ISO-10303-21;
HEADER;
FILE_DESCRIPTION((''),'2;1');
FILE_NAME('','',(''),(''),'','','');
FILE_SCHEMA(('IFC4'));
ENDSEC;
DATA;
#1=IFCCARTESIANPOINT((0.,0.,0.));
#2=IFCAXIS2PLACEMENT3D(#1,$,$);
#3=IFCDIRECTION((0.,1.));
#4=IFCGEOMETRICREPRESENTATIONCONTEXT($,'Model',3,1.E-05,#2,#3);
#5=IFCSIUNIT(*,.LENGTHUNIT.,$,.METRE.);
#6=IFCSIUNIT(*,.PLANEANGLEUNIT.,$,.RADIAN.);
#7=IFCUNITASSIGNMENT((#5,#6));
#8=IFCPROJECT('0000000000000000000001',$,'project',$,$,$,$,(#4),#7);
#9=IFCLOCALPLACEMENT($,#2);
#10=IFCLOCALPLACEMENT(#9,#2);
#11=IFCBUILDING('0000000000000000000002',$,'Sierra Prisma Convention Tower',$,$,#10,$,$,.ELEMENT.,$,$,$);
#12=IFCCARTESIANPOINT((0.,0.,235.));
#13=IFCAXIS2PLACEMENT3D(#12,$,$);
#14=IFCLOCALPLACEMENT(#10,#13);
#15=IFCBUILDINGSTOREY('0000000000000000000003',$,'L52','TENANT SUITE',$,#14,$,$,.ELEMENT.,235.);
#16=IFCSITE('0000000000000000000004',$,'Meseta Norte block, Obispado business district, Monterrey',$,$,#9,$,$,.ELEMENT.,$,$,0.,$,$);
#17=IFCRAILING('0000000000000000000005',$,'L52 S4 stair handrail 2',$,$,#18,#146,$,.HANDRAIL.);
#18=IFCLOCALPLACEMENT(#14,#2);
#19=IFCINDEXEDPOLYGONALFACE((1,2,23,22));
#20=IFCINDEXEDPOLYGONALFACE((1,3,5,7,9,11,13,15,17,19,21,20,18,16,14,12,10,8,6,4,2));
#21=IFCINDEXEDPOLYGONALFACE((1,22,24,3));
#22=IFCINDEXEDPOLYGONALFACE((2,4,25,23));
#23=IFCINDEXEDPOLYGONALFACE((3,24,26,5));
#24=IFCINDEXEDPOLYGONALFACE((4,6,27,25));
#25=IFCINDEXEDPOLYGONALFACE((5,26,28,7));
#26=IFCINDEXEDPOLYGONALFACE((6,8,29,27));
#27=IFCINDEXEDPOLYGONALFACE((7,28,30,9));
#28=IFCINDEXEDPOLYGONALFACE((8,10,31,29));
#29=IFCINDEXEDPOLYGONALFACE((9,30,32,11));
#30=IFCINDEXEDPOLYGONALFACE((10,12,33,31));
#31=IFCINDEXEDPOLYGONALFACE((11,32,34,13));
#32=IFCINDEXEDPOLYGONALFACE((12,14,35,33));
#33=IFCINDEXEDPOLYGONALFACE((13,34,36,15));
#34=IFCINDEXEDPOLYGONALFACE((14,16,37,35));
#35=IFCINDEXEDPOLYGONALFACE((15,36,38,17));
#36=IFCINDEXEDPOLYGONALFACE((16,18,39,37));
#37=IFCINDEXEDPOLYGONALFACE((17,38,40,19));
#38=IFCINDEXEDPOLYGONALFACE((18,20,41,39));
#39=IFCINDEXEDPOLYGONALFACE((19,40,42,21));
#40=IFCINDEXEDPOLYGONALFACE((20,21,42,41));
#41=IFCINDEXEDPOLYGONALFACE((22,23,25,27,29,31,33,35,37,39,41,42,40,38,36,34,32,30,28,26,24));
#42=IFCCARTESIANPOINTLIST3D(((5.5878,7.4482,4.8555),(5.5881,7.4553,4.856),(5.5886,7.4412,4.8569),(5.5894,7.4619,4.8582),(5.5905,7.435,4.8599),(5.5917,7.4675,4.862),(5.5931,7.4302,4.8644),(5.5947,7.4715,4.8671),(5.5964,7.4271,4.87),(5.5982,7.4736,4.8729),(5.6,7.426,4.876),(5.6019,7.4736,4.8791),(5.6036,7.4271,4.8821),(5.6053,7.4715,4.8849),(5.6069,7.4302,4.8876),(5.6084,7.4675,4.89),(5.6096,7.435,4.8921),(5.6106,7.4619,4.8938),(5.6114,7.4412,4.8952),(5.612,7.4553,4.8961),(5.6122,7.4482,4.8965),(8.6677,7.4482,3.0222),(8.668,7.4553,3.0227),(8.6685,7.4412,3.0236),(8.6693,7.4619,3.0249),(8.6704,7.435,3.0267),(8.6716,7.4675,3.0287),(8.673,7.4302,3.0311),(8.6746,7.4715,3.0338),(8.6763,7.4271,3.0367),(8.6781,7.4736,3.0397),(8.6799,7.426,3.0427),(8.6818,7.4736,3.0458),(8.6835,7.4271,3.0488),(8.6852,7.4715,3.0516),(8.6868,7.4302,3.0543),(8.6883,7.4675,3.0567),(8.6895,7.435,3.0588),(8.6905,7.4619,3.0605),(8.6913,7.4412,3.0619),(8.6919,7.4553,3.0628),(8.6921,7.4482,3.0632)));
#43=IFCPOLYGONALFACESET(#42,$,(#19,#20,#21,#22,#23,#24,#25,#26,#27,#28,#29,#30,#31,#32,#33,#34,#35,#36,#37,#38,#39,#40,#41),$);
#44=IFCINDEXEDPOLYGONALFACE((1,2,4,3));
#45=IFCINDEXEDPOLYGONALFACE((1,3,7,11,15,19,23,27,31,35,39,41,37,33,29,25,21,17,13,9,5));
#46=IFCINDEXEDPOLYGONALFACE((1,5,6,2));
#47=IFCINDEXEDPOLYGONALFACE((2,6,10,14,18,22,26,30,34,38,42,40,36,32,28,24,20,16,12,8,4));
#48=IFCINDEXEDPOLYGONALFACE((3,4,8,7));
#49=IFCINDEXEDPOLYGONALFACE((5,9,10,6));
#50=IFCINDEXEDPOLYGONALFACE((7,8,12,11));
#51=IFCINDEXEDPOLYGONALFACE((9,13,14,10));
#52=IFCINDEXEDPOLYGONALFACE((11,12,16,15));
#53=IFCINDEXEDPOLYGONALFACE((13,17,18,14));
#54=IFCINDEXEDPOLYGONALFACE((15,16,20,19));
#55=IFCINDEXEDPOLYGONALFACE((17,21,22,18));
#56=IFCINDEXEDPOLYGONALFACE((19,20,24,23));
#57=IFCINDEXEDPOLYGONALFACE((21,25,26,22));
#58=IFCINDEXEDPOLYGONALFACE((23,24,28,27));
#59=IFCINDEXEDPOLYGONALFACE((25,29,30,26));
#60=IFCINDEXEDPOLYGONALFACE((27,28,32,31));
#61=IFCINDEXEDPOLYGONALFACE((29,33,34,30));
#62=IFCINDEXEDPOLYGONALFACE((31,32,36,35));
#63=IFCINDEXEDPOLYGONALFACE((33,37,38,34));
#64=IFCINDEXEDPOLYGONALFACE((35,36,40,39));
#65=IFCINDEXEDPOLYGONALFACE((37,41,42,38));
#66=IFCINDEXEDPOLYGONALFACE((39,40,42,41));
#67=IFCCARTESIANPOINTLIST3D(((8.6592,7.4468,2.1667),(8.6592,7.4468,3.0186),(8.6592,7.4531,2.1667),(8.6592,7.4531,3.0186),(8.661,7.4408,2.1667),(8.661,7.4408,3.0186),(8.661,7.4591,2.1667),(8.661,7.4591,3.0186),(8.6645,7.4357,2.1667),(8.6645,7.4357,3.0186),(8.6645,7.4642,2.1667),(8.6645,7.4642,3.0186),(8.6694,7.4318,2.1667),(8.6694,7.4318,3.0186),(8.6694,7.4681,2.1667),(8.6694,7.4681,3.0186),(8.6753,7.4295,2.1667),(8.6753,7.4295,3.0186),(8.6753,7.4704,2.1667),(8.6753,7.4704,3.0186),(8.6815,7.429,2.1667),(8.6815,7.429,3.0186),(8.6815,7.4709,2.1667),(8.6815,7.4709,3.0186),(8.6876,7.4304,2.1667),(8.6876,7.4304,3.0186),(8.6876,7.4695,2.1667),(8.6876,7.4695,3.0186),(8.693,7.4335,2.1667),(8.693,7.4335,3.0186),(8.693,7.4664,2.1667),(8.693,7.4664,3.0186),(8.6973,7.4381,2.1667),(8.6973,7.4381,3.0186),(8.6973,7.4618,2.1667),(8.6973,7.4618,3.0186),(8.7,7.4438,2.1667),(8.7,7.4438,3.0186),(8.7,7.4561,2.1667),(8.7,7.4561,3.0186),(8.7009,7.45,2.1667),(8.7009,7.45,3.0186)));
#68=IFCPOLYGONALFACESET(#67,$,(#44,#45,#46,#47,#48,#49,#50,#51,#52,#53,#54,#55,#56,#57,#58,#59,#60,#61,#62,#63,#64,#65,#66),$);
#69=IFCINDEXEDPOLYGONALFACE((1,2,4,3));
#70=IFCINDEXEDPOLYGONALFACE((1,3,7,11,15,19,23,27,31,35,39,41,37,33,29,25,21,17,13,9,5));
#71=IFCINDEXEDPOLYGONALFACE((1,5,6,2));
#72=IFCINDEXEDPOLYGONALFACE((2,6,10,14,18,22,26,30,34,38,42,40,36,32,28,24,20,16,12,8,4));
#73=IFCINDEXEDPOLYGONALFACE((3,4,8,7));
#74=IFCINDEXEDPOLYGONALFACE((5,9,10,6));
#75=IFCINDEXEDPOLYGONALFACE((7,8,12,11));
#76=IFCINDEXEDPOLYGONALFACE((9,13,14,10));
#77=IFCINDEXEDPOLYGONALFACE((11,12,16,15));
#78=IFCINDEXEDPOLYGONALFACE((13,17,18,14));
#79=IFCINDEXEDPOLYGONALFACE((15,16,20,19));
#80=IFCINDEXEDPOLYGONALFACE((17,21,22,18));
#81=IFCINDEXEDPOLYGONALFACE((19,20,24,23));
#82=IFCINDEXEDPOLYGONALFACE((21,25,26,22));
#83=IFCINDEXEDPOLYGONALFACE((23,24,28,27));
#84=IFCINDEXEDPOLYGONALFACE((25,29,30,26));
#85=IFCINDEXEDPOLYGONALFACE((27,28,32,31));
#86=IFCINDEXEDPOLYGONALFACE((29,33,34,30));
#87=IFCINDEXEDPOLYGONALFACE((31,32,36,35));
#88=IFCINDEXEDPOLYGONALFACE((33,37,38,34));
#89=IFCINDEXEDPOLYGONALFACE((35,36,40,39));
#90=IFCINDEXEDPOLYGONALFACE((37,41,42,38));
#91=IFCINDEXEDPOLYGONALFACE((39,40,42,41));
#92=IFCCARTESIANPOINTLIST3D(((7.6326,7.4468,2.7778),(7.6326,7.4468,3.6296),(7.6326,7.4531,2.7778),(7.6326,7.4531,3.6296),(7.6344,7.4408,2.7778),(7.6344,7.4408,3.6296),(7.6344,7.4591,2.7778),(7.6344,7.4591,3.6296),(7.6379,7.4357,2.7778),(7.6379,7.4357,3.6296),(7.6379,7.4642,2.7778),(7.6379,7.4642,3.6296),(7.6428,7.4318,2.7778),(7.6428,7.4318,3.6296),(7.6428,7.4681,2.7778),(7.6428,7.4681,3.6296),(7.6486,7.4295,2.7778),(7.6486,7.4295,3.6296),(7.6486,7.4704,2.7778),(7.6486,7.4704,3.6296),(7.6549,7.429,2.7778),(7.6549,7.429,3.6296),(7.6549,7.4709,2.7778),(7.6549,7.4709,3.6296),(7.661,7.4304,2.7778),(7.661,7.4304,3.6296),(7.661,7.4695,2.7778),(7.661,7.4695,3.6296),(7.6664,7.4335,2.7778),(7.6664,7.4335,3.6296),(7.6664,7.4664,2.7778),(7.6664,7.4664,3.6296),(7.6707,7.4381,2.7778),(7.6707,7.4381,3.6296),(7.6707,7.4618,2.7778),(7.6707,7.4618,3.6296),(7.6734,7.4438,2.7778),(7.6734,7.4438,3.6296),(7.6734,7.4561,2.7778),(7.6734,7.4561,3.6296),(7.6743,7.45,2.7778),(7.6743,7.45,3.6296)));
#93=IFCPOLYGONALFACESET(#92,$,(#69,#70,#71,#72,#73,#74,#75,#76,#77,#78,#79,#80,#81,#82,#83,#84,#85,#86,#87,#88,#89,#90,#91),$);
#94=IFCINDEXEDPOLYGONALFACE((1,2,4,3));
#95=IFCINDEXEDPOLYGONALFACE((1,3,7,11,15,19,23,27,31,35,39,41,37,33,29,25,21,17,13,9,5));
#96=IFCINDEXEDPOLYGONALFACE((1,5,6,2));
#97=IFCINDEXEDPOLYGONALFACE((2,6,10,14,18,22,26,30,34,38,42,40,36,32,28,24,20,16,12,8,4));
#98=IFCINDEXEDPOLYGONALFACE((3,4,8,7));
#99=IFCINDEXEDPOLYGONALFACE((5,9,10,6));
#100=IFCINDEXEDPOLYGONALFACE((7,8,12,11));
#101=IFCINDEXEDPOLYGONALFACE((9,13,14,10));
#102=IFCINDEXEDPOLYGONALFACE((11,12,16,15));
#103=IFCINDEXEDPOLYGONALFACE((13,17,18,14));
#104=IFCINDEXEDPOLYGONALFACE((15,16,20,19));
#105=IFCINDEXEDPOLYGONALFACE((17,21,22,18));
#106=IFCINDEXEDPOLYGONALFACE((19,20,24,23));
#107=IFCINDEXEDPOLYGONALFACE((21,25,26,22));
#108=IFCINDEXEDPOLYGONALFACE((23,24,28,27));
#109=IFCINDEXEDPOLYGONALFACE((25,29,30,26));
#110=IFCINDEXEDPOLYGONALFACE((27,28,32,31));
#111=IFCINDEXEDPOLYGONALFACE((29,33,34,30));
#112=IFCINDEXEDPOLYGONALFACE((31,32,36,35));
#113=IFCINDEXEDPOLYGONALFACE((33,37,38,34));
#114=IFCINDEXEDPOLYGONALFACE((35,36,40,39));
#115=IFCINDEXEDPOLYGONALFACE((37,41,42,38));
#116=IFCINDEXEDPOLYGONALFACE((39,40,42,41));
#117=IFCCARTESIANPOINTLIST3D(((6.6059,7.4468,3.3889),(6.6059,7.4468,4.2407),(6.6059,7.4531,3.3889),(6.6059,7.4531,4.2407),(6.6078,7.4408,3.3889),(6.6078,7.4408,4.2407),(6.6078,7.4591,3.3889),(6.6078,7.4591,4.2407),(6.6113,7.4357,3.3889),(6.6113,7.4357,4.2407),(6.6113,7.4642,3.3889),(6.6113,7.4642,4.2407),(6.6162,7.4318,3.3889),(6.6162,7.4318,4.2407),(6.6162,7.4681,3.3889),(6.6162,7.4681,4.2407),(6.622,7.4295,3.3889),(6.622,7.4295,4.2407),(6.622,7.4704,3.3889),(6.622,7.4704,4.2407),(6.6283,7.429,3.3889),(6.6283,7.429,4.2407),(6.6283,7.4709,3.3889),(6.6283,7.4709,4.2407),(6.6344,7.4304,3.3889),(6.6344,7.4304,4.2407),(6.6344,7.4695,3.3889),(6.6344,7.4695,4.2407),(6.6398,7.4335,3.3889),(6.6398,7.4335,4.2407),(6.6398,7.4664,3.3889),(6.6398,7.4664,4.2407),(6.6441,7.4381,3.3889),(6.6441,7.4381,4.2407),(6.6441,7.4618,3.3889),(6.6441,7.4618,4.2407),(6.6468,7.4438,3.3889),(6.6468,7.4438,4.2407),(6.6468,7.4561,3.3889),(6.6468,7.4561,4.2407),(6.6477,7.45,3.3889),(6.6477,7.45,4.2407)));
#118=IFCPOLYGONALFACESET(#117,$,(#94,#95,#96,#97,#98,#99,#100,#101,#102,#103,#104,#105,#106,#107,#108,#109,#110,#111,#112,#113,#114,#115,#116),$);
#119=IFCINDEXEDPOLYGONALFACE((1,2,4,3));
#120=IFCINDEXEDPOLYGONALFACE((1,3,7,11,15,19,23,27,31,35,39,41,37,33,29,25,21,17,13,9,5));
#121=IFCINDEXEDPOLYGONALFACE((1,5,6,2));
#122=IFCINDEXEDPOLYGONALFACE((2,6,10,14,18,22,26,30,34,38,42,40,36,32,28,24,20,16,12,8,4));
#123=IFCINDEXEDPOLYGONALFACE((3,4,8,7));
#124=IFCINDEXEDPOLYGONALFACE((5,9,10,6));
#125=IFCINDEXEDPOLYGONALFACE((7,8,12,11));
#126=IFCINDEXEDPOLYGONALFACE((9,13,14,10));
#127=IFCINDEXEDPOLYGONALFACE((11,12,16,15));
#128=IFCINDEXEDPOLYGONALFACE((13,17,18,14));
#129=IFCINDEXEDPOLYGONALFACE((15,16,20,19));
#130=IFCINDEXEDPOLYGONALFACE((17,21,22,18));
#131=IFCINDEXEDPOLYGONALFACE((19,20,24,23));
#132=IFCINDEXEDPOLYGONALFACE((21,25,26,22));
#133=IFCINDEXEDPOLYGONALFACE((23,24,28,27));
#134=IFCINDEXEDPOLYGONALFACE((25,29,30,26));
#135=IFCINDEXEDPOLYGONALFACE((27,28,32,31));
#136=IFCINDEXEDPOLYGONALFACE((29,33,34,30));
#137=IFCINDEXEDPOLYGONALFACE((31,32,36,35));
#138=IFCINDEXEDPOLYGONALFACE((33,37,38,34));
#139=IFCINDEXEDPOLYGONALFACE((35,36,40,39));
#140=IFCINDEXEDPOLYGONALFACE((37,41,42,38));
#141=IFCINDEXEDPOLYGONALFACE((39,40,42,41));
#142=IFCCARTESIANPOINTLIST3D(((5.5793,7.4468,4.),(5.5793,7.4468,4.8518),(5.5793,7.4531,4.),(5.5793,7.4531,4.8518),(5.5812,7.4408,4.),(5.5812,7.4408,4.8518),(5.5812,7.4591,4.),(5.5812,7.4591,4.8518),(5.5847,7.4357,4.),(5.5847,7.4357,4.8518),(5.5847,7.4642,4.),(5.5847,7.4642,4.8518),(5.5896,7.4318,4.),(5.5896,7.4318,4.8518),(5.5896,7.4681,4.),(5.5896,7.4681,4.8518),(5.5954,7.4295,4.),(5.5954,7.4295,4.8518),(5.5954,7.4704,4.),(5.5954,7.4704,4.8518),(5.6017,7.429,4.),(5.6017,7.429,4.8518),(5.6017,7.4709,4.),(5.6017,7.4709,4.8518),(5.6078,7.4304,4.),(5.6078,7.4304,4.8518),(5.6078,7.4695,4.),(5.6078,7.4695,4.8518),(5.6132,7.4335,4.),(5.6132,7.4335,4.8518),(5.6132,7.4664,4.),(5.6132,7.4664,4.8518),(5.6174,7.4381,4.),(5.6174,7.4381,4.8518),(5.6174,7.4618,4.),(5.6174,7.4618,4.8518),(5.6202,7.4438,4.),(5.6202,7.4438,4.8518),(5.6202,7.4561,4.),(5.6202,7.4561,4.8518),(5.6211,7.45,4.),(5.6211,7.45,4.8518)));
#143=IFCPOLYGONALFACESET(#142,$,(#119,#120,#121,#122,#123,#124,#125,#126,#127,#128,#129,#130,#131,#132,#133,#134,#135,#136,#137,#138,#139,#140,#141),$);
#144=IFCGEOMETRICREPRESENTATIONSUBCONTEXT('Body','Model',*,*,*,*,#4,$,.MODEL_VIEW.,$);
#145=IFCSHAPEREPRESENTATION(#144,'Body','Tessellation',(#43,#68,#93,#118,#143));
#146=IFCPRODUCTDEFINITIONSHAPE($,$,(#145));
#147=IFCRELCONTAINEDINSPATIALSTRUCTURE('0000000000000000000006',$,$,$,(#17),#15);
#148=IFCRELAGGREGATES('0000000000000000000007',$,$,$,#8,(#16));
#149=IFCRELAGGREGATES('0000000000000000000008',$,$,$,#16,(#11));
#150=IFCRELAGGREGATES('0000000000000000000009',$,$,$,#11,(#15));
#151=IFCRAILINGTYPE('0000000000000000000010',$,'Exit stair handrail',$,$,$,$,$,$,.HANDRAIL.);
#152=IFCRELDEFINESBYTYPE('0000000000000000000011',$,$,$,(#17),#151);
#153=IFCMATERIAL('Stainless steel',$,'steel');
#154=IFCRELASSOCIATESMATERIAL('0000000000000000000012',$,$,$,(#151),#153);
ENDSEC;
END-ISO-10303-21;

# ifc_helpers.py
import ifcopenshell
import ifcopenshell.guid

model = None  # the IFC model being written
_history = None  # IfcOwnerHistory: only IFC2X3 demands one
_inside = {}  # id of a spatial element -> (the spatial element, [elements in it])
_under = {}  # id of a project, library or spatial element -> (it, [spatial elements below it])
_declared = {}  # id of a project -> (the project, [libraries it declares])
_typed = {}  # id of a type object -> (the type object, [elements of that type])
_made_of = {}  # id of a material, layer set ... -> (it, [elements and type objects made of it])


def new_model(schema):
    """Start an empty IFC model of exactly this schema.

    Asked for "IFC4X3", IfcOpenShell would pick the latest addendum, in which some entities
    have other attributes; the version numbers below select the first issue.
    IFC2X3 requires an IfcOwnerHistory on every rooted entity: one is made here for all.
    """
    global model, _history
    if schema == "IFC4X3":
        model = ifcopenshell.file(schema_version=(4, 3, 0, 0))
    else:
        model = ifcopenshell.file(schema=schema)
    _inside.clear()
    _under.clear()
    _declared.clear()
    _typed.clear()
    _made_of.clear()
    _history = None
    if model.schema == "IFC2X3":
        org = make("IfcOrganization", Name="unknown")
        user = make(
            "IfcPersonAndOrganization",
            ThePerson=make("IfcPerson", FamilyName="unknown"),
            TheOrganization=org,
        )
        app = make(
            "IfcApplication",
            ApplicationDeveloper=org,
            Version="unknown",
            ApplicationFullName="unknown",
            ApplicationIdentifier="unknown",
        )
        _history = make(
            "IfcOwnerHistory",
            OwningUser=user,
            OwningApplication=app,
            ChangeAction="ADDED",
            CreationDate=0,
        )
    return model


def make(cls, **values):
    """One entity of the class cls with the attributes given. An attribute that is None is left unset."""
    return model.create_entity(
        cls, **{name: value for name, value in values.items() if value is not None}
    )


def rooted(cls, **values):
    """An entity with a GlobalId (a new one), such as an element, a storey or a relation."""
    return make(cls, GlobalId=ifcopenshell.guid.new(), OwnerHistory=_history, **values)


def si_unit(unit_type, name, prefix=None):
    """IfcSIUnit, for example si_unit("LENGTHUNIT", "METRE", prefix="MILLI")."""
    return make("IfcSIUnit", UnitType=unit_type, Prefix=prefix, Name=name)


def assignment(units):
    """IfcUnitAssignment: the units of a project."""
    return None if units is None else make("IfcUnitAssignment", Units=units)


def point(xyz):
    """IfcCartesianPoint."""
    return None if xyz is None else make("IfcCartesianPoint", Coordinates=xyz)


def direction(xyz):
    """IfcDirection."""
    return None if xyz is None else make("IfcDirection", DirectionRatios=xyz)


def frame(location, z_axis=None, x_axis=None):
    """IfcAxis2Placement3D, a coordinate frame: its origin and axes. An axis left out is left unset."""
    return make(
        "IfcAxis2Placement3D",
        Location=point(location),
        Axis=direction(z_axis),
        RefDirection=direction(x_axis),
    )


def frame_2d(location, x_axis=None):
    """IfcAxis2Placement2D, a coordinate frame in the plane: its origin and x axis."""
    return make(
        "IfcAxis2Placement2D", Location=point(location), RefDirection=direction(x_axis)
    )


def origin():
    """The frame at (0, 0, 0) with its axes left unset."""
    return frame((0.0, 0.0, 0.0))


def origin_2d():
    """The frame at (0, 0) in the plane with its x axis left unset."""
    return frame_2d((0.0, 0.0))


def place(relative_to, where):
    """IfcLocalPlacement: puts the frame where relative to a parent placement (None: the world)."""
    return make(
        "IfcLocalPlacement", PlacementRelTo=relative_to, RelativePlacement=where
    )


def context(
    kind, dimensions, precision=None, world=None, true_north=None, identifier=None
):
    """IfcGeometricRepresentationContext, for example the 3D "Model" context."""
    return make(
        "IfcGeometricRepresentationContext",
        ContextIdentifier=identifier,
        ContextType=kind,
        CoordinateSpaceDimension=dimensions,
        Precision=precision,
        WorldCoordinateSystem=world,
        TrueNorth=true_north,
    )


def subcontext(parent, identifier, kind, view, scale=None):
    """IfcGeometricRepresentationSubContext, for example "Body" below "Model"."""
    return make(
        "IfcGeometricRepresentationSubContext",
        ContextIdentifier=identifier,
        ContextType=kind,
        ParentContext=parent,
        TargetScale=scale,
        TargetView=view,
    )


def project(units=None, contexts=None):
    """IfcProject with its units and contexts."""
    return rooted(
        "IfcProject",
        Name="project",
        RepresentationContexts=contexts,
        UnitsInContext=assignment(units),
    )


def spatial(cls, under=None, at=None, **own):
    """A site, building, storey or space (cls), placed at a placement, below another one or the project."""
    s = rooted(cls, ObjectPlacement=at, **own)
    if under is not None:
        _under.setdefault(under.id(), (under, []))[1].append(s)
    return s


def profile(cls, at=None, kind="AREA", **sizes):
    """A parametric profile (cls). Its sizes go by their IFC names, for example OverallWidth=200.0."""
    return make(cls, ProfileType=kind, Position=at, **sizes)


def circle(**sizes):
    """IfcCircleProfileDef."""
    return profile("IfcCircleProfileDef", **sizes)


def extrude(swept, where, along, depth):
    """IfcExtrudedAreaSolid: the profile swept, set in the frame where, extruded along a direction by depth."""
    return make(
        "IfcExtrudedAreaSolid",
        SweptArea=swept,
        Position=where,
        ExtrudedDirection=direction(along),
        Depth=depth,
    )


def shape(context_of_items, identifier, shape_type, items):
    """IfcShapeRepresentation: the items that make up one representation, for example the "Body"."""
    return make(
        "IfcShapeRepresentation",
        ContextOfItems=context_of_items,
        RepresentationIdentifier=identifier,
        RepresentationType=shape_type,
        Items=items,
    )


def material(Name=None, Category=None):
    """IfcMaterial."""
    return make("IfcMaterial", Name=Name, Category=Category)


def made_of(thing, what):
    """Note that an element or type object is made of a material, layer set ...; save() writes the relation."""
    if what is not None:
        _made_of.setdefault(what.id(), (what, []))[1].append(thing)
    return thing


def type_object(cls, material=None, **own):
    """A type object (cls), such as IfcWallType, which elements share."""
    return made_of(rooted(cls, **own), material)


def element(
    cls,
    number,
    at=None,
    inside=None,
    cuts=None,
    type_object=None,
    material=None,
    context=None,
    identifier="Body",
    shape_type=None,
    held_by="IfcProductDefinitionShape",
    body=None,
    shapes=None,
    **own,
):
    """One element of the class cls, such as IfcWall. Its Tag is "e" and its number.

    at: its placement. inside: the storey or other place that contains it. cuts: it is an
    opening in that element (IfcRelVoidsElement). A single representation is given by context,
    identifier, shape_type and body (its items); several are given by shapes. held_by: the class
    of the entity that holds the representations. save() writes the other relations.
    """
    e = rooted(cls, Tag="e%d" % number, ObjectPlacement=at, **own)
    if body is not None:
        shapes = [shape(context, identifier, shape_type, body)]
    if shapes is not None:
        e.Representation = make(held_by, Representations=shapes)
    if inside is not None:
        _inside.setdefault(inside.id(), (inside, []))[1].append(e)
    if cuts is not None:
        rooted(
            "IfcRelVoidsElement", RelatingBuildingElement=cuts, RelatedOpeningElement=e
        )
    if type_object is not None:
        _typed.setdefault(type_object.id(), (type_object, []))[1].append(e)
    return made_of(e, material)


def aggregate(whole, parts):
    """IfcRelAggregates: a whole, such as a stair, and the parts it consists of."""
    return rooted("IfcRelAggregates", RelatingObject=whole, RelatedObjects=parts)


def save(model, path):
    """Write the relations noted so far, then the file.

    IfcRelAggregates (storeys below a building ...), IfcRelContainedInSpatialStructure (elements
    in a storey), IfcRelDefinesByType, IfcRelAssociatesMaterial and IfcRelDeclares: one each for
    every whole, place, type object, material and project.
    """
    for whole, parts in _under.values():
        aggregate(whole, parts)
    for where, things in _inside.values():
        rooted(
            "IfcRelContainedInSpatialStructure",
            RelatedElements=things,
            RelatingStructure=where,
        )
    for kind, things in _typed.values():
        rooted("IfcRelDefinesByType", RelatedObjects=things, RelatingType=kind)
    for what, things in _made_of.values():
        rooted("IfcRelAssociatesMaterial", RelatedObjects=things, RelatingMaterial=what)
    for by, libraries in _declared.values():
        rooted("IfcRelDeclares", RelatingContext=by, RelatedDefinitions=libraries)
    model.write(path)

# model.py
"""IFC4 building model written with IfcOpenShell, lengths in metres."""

from ifc_helpers import new_model, si_unit, direction, frame, origin, origin_2d, place, context, subcontext, project, spatial, circle, extrude, material, type_object, element, save


model = new_model("IFC4")

# Units and contexts
model_context = context("Model", 3, precision=1e-05, world=origin(), true_north=direction((0.0, 1.0)))
body_context = subcontext(model_context, "Body", "Model", "MODEL_VIEW")
ifc_project = project(units=[si_unit("LENGTHUNIT", "METRE"), si_unit("PLANEANGLEUNIT", "RADIAN")], contexts=[model_context])

# Site, building, storey
site_placement = place(None, origin())
site = spatial("IfcSite", under=ifc_project, at=site_placement, Name="Meseta Norte block, Obispado business district, Monterrey", CompositionType="ELEMENT", RefElevation=0.0)
building_placement = place(site_placement, origin())
building = spatial("IfcBuilding", under=site, at=building_placement, Name="Sierra Prisma Convention Tower", CompositionType="ELEMENT")
storey_placement = place(building_placement, frame((0.0, 0.0, 235.0)))
storey = spatial("IfcBuildingStorey", under=building, at=storey_placement, Name="L52", Description="TENANT SUITE", CompositionType="ELEMENT", Elevation=235.0)

# Railing
ifc_material_1 = material(Name="Stainless steel", Category="steel")
railing_type_1 = type_object("IfcRailingType", Name="Exit stair handrail", PredefinedType="HANDRAIL", material=ifc_material_1)
railing_1_placement = place(storey_placement, frame((8.6799, 7.45, 2.1667)))
element("IfcRailing", 1, at=railing_1_placement, inside=storey, type_object=railing_type_1, Name="L52 S4 stair handrail 2", PredefinedType="HANDRAIL", context=body_context, shape_type="SweptSolid", body=[
    extrude(circle(Radius=0.0239, at=origin_2d()), frame((0.0, 0.0, 0.876), z_axis=(-0.859291, 0.0, 0.511487), x_axis=(0.0, -1.0, 0.0)), (0.0, 0.0, 1.0), 3.5842),
    extrude(circle(Radius=0.021, at=origin_2d()), origin(), (0.0, 0.0, 1.0), 0.8518),
    extrude(circle(Radius=0.021, at=origin_2d()), frame((-1.0266, 0.0, 0.6111)), (0.0, 0.0, 1.0), 0.8518),
    extrude(circle(Radius=0.021, at=origin_2d()), frame((-2.0532, 0.0, 1.2222)), (0.0, 0.0, 1.0), 0.8518),
    extrude(circle(Radius=0.021, at=origin_2d()), frame((-3.0798, 0.0, 1.8333)), (0.0, 0.0, 1.0), 0.8518),
])

save(model, "model.ifc")
